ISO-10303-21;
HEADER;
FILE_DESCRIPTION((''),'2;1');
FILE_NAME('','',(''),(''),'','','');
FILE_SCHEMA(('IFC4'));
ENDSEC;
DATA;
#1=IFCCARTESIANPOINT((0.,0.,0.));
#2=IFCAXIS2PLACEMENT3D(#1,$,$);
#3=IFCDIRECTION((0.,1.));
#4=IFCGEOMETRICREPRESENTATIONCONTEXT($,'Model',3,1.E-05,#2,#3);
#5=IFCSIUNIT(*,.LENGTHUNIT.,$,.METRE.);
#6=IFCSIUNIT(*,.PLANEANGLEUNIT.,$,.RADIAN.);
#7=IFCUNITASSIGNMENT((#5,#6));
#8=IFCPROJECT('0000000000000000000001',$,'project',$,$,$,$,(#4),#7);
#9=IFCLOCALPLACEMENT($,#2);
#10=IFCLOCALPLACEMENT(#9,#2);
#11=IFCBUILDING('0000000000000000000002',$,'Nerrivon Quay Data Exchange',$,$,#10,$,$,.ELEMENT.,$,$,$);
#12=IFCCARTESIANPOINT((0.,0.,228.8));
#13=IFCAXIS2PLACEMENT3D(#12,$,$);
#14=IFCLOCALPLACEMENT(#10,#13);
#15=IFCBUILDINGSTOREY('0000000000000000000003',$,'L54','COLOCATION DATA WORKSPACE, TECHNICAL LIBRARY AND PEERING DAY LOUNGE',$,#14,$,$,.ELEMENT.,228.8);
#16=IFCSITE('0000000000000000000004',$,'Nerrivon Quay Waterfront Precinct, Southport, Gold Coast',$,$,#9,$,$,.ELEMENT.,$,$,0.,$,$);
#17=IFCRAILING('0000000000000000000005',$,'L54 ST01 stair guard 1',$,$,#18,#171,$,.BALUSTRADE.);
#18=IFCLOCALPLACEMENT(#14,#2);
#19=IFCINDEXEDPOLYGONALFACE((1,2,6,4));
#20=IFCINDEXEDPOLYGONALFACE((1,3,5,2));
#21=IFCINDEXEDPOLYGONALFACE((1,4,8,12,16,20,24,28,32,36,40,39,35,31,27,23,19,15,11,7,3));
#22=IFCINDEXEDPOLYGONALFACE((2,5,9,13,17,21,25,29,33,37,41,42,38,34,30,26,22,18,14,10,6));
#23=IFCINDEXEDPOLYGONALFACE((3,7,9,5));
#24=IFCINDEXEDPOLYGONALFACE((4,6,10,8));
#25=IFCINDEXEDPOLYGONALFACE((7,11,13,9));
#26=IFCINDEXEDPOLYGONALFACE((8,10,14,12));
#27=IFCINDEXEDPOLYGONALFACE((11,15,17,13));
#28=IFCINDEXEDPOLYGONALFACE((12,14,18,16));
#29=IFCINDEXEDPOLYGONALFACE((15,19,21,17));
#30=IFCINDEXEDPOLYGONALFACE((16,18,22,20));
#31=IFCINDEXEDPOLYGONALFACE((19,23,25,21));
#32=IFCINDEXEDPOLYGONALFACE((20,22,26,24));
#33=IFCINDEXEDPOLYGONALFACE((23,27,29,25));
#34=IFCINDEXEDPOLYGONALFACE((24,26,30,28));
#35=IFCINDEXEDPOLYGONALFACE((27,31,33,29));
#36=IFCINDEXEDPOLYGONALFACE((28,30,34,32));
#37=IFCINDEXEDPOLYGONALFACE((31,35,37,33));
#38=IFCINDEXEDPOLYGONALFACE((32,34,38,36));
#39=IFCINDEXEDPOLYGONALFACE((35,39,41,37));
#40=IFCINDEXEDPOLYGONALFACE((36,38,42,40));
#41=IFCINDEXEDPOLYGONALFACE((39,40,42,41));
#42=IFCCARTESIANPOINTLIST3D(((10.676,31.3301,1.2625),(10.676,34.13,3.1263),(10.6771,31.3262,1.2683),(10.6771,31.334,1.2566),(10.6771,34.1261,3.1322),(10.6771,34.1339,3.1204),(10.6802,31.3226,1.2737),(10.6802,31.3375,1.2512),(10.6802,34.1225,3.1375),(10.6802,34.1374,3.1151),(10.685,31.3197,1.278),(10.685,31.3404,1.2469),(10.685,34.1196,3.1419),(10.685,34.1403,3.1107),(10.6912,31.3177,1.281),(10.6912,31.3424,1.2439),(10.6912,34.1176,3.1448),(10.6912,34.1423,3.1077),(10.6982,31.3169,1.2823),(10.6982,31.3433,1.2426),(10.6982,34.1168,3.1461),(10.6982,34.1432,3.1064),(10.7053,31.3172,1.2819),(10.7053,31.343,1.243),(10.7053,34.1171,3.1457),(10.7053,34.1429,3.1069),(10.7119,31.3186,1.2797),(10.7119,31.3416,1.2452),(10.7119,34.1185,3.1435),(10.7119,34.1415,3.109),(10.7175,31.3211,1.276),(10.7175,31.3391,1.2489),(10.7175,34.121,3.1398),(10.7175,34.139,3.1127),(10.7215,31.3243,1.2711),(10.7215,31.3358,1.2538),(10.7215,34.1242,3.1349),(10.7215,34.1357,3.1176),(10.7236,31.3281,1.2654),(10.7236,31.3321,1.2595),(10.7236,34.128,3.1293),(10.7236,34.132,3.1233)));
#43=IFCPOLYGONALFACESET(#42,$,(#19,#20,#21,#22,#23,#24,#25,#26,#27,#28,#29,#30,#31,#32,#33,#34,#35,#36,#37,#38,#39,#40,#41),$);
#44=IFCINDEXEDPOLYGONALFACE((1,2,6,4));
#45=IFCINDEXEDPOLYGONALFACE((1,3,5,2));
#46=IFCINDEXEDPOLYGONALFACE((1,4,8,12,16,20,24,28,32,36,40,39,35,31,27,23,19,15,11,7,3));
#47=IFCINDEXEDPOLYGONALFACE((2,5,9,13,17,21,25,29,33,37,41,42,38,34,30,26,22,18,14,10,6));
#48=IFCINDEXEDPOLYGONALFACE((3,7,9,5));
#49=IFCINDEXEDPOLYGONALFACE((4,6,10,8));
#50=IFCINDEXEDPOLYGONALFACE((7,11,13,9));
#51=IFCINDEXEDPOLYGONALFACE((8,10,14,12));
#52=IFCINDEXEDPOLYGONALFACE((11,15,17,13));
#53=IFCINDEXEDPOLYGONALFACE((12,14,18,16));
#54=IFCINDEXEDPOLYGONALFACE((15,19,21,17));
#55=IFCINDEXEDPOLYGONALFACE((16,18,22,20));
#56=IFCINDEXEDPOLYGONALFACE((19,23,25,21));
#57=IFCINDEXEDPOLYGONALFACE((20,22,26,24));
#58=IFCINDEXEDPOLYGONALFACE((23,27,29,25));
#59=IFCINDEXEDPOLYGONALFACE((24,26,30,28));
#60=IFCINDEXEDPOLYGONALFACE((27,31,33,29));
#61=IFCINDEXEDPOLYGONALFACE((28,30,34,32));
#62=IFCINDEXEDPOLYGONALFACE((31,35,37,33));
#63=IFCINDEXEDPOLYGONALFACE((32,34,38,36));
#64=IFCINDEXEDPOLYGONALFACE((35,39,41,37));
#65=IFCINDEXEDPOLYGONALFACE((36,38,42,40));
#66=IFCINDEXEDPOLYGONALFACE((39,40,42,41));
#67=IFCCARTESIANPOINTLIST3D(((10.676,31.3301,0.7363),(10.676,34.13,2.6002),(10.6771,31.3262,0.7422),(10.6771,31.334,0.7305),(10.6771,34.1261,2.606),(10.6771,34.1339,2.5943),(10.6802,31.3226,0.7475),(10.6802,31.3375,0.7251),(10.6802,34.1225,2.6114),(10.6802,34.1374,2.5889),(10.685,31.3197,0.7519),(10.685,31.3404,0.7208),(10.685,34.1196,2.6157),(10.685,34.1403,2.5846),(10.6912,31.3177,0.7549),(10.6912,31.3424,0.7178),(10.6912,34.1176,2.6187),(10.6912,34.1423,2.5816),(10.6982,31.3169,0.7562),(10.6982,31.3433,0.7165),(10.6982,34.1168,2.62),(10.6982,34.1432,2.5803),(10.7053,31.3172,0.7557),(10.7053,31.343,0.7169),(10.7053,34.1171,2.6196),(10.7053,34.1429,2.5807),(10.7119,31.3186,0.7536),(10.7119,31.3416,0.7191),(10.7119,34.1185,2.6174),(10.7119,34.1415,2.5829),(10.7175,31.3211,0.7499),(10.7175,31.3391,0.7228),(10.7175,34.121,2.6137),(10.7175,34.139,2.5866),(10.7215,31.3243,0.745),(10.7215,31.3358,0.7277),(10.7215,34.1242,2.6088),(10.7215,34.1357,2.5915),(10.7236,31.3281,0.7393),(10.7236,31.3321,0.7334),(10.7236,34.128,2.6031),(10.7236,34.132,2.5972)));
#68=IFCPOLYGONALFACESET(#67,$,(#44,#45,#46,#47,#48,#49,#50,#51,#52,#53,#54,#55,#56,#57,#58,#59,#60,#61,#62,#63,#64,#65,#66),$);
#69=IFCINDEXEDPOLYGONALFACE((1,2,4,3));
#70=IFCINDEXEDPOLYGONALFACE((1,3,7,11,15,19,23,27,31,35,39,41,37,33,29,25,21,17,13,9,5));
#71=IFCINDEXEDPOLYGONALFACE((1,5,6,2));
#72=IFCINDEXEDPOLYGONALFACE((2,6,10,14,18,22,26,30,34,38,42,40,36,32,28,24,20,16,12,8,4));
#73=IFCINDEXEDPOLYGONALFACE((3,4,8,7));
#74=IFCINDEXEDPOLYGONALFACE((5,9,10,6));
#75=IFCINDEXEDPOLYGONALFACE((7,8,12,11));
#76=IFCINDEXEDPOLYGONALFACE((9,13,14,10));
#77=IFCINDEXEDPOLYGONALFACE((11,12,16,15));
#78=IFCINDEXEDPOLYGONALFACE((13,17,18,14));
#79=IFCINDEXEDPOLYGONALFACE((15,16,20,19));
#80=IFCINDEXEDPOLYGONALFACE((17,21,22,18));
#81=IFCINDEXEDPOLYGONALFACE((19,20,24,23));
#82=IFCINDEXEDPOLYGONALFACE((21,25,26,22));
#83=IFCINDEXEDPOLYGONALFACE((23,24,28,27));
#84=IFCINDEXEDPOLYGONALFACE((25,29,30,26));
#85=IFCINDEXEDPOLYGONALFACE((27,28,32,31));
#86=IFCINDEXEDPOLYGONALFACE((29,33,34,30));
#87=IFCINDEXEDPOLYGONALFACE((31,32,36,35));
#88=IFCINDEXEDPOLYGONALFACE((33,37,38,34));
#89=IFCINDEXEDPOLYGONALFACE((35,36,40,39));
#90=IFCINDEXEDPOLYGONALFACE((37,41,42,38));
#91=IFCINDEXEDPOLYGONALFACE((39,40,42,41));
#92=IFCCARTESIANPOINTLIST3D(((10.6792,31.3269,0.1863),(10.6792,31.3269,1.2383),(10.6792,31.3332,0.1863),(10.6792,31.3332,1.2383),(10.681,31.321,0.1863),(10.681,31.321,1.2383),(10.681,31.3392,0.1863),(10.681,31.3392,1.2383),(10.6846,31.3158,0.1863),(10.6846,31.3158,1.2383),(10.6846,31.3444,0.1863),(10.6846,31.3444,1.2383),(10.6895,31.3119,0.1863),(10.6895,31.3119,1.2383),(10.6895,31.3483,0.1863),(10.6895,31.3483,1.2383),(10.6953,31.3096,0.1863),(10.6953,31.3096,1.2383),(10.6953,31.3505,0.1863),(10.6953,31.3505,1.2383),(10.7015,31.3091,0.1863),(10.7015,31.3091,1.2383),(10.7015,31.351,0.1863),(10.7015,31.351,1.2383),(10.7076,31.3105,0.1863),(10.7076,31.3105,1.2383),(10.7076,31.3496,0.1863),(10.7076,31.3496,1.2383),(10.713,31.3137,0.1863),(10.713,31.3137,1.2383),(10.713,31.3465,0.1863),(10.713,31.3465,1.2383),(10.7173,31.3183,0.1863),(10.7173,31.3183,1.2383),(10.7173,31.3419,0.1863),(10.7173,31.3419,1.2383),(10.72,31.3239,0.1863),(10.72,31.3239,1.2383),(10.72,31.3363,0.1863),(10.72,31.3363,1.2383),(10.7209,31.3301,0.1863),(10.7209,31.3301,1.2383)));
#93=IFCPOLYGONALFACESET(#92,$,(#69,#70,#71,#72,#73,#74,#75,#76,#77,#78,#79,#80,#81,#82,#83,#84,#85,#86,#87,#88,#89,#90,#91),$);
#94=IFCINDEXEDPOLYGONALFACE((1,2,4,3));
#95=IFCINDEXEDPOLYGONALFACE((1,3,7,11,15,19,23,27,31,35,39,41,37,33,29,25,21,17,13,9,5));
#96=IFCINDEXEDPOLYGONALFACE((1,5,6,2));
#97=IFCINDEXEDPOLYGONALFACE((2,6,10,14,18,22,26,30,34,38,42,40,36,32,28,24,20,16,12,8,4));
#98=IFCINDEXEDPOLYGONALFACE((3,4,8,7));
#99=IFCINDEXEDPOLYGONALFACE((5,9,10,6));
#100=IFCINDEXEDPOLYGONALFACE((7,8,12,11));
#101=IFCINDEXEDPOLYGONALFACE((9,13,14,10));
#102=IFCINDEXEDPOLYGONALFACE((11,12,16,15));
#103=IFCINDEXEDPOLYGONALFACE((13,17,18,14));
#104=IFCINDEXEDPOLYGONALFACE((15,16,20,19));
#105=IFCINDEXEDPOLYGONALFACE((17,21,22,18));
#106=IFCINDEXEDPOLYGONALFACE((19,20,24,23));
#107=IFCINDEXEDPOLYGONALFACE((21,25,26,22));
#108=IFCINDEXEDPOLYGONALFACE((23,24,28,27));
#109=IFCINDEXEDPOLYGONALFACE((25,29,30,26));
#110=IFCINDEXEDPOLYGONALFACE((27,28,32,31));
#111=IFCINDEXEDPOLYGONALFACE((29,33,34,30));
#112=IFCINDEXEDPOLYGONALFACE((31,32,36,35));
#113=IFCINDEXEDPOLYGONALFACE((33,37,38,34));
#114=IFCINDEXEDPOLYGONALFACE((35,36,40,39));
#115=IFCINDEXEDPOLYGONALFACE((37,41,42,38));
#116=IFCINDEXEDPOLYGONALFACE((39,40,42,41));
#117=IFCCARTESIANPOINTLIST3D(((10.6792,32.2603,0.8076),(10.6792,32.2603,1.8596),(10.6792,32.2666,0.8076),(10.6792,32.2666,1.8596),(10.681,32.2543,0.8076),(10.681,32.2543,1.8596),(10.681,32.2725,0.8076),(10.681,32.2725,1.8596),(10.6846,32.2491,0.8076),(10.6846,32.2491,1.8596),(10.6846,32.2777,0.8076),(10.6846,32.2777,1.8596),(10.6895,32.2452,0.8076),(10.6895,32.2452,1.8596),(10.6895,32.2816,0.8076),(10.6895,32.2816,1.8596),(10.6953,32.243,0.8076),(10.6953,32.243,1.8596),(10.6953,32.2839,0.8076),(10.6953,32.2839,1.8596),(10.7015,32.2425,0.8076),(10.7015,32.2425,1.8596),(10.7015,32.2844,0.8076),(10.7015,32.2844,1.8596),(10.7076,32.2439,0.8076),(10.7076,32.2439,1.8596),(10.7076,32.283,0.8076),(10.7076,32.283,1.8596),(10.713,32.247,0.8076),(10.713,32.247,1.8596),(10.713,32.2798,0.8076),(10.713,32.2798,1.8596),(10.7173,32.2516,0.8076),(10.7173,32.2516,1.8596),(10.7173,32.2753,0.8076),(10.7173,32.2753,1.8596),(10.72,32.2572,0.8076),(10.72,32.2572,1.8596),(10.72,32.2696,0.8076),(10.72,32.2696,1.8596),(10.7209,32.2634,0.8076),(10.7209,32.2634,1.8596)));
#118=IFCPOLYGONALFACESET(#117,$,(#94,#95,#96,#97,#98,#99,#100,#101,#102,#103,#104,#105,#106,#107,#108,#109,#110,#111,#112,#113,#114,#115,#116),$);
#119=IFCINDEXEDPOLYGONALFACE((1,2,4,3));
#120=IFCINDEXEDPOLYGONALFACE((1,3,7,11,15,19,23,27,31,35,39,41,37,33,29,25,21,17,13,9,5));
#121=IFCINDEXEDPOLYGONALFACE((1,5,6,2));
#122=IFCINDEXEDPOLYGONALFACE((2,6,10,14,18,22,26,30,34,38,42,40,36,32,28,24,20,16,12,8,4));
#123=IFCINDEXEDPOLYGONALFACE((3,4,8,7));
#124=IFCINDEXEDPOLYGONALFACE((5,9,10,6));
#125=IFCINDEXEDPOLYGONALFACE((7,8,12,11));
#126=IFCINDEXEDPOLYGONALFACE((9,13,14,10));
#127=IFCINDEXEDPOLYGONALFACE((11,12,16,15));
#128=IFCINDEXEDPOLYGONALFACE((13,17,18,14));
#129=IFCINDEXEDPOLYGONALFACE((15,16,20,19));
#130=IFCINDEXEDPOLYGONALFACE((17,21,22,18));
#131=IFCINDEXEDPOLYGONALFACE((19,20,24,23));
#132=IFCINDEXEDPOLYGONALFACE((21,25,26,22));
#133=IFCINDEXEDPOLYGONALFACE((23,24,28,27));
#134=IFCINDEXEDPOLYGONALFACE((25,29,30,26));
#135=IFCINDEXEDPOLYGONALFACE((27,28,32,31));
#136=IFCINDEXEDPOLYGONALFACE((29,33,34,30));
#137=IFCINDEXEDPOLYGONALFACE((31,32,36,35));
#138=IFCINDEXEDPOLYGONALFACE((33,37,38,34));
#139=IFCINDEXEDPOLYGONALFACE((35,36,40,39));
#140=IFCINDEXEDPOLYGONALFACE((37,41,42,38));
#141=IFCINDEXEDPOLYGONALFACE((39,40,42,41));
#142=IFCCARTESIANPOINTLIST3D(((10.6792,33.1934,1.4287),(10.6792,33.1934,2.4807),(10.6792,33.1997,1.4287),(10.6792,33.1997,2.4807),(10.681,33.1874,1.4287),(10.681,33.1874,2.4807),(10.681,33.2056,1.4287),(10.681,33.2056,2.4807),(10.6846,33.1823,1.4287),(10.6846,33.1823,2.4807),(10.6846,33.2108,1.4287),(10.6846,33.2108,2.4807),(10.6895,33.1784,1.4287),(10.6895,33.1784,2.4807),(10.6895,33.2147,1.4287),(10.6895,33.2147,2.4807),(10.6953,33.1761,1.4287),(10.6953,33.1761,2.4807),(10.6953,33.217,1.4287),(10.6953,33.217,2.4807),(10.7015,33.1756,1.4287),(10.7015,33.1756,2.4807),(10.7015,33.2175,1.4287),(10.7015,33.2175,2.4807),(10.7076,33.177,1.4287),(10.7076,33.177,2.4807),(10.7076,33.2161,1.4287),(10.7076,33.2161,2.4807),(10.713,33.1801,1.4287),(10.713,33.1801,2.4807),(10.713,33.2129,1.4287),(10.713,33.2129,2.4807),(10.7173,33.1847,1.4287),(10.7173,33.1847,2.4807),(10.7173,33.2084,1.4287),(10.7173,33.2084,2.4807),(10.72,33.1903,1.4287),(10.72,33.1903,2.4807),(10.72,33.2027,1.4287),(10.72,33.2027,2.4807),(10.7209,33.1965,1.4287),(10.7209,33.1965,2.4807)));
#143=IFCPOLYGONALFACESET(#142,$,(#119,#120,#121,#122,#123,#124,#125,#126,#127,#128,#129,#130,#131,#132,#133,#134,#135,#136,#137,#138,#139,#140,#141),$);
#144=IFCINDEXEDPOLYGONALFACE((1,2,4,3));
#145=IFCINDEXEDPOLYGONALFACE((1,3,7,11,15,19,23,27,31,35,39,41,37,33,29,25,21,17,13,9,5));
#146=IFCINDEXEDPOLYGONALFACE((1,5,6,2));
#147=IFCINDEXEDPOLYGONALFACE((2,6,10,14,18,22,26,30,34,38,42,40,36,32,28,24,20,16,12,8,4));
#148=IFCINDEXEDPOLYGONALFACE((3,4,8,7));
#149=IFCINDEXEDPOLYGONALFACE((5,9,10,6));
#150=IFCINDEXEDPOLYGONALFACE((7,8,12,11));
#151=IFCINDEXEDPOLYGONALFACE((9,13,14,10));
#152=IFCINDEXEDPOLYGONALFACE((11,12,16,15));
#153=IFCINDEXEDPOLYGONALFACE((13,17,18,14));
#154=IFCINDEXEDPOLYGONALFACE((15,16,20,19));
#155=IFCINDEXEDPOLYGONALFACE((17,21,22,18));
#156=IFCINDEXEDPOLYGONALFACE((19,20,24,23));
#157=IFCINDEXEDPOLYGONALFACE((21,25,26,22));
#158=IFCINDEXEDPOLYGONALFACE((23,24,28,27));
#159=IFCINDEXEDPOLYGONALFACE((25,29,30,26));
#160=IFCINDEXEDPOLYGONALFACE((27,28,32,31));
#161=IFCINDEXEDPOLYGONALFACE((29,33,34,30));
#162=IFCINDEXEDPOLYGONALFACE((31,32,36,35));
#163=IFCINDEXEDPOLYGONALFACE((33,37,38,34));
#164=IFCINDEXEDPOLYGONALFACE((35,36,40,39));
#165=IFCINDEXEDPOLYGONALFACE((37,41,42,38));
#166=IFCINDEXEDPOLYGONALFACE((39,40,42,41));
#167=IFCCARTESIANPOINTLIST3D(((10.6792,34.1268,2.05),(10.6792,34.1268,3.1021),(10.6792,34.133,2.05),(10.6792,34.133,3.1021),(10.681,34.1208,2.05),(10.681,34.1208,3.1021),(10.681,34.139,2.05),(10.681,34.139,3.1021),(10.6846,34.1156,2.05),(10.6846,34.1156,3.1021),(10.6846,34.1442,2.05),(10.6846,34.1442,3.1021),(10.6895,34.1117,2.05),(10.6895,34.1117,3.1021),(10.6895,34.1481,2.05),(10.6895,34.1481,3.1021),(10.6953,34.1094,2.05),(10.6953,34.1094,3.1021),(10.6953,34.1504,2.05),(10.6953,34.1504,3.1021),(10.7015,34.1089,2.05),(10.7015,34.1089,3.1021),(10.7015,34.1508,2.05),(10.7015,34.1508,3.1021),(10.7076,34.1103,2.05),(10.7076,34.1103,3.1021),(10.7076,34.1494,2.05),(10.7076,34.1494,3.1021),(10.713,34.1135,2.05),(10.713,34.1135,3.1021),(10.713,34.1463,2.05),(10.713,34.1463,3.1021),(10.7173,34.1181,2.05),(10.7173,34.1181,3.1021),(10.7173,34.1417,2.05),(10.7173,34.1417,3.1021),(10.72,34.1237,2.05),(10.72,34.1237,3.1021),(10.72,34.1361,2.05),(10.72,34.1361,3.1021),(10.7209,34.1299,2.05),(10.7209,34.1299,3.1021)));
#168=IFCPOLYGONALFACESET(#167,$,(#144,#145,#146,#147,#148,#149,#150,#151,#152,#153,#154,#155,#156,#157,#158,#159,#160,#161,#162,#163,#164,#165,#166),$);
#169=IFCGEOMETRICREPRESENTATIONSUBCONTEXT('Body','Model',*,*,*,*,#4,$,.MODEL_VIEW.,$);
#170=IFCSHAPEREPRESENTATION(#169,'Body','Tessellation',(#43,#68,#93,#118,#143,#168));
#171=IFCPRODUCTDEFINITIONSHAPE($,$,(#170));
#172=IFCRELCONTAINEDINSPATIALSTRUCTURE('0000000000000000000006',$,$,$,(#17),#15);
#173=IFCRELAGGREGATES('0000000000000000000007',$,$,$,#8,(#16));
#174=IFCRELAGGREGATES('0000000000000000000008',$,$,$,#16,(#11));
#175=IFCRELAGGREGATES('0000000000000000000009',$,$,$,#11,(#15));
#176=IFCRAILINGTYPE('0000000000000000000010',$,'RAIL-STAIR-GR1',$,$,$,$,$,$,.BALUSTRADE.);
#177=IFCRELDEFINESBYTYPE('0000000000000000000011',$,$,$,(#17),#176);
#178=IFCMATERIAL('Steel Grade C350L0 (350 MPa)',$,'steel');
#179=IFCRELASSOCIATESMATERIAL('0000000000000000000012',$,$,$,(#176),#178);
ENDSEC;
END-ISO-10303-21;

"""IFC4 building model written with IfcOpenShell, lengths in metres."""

from ifc_helpers import new_model, si_unit, direction, frame, origin, origin_2d, place, context, subcontext, project, spatial, circle, extrude, material, type_object, element, save


model = new_model("IFC4")

# Units and contexts
model_context = context("Model", 3, precision=1e-05, world=origin(), true_north=direction((0.0, 1.0)))
body_context = subcontext(model_context, "Body", "Model", "MODEL_VIEW")
ifc_project = project(units=[si_unit("LENGTHUNIT", "METRE"), si_unit("PLANEANGLEUNIT", "RADIAN")], contexts=[model_context])

# Site, building, storey
site_placement = place(None, origin())
site = spatial("IfcSite", under=ifc_project, at=site_placement, Name="Nerrivon Quay Waterfront Precinct, Southport, Gold Coast", CompositionType="ELEMENT", RefElevation=0.0)
building_placement = place(site_placement, origin())
building = spatial("IfcBuilding", under=site, at=building_placement, Name="Nerrivon Quay Data Exchange", CompositionType="ELEMENT")
storey_placement = place(building_placement, frame((0.0, 0.0, 228.8)))
storey = spatial("IfcBuildingStorey", under=building, at=storey_placement, Name="L54", Description="COLOCATION DATA WORKSPACE, TECHNICAL LIBRARY AND PEERING DAY LOUNGE", CompositionType="ELEMENT", Elevation=228.8)

# Railing
ifc_material_1 = material(Name="Steel Grade C350L0 (350 MPa)", Category="steel")
railing_type_1 = type_object("IfcRailingType", Name="RAIL-STAIR-GR1", PredefinedType="BALUSTRADE", material=ifc_material_1)
railing_1_placement = place(storey_placement, frame((10.7, 31.3301, 0.1863)))
element("IfcRailing", 1, at=railing_1_placement, inside=storey, type_object=railing_type_1, Name="L54 ST01 stair guard 1", PredefinedType="BALUSTRADE", context=body_context, shape_type="SweptSolid", body=[
    extrude(circle(Radius=0.0239, at=origin_2d()), frame((0.0, 0.0, 1.0762), z_axis=(0.0, 0.83243, 0.554131), x_axis=(-1.0, 0.0, 0.0)), (0.0, 0.0, 1.0), 3.3635),
    extrude(circle(Radius=0.0239, at=origin_2d()), frame((0.0, 0.0, 0.55), z_axis=(0.0, 0.83243, 0.554131), x_axis=(-1.0, 0.0, 0.0)), (0.0, 0.0, 1.0), 3.3635),
    extrude(circle(Radius=0.021, at=origin_2d()), origin(), (0.0, 0.0, 1.0), 1.052),
    extrude(circle(Radius=0.021, at=origin_2d()), frame((0.0, 0.9333, 0.6213)), (0.0, 0.0, 1.0), 1.052),
    extrude(circle(Radius=0.021, at=origin_2d()), frame((0.0, 1.8665, 1.2424)), (0.0, 0.0, 1.0), 1.052),
    extrude(circle(Radius=0.021, at=origin_2d()), frame((0.0, 2.7998, 1.8638)), (0.0, 0.0, 1.0), 1.052),
])

save(model, "model.ifc")
